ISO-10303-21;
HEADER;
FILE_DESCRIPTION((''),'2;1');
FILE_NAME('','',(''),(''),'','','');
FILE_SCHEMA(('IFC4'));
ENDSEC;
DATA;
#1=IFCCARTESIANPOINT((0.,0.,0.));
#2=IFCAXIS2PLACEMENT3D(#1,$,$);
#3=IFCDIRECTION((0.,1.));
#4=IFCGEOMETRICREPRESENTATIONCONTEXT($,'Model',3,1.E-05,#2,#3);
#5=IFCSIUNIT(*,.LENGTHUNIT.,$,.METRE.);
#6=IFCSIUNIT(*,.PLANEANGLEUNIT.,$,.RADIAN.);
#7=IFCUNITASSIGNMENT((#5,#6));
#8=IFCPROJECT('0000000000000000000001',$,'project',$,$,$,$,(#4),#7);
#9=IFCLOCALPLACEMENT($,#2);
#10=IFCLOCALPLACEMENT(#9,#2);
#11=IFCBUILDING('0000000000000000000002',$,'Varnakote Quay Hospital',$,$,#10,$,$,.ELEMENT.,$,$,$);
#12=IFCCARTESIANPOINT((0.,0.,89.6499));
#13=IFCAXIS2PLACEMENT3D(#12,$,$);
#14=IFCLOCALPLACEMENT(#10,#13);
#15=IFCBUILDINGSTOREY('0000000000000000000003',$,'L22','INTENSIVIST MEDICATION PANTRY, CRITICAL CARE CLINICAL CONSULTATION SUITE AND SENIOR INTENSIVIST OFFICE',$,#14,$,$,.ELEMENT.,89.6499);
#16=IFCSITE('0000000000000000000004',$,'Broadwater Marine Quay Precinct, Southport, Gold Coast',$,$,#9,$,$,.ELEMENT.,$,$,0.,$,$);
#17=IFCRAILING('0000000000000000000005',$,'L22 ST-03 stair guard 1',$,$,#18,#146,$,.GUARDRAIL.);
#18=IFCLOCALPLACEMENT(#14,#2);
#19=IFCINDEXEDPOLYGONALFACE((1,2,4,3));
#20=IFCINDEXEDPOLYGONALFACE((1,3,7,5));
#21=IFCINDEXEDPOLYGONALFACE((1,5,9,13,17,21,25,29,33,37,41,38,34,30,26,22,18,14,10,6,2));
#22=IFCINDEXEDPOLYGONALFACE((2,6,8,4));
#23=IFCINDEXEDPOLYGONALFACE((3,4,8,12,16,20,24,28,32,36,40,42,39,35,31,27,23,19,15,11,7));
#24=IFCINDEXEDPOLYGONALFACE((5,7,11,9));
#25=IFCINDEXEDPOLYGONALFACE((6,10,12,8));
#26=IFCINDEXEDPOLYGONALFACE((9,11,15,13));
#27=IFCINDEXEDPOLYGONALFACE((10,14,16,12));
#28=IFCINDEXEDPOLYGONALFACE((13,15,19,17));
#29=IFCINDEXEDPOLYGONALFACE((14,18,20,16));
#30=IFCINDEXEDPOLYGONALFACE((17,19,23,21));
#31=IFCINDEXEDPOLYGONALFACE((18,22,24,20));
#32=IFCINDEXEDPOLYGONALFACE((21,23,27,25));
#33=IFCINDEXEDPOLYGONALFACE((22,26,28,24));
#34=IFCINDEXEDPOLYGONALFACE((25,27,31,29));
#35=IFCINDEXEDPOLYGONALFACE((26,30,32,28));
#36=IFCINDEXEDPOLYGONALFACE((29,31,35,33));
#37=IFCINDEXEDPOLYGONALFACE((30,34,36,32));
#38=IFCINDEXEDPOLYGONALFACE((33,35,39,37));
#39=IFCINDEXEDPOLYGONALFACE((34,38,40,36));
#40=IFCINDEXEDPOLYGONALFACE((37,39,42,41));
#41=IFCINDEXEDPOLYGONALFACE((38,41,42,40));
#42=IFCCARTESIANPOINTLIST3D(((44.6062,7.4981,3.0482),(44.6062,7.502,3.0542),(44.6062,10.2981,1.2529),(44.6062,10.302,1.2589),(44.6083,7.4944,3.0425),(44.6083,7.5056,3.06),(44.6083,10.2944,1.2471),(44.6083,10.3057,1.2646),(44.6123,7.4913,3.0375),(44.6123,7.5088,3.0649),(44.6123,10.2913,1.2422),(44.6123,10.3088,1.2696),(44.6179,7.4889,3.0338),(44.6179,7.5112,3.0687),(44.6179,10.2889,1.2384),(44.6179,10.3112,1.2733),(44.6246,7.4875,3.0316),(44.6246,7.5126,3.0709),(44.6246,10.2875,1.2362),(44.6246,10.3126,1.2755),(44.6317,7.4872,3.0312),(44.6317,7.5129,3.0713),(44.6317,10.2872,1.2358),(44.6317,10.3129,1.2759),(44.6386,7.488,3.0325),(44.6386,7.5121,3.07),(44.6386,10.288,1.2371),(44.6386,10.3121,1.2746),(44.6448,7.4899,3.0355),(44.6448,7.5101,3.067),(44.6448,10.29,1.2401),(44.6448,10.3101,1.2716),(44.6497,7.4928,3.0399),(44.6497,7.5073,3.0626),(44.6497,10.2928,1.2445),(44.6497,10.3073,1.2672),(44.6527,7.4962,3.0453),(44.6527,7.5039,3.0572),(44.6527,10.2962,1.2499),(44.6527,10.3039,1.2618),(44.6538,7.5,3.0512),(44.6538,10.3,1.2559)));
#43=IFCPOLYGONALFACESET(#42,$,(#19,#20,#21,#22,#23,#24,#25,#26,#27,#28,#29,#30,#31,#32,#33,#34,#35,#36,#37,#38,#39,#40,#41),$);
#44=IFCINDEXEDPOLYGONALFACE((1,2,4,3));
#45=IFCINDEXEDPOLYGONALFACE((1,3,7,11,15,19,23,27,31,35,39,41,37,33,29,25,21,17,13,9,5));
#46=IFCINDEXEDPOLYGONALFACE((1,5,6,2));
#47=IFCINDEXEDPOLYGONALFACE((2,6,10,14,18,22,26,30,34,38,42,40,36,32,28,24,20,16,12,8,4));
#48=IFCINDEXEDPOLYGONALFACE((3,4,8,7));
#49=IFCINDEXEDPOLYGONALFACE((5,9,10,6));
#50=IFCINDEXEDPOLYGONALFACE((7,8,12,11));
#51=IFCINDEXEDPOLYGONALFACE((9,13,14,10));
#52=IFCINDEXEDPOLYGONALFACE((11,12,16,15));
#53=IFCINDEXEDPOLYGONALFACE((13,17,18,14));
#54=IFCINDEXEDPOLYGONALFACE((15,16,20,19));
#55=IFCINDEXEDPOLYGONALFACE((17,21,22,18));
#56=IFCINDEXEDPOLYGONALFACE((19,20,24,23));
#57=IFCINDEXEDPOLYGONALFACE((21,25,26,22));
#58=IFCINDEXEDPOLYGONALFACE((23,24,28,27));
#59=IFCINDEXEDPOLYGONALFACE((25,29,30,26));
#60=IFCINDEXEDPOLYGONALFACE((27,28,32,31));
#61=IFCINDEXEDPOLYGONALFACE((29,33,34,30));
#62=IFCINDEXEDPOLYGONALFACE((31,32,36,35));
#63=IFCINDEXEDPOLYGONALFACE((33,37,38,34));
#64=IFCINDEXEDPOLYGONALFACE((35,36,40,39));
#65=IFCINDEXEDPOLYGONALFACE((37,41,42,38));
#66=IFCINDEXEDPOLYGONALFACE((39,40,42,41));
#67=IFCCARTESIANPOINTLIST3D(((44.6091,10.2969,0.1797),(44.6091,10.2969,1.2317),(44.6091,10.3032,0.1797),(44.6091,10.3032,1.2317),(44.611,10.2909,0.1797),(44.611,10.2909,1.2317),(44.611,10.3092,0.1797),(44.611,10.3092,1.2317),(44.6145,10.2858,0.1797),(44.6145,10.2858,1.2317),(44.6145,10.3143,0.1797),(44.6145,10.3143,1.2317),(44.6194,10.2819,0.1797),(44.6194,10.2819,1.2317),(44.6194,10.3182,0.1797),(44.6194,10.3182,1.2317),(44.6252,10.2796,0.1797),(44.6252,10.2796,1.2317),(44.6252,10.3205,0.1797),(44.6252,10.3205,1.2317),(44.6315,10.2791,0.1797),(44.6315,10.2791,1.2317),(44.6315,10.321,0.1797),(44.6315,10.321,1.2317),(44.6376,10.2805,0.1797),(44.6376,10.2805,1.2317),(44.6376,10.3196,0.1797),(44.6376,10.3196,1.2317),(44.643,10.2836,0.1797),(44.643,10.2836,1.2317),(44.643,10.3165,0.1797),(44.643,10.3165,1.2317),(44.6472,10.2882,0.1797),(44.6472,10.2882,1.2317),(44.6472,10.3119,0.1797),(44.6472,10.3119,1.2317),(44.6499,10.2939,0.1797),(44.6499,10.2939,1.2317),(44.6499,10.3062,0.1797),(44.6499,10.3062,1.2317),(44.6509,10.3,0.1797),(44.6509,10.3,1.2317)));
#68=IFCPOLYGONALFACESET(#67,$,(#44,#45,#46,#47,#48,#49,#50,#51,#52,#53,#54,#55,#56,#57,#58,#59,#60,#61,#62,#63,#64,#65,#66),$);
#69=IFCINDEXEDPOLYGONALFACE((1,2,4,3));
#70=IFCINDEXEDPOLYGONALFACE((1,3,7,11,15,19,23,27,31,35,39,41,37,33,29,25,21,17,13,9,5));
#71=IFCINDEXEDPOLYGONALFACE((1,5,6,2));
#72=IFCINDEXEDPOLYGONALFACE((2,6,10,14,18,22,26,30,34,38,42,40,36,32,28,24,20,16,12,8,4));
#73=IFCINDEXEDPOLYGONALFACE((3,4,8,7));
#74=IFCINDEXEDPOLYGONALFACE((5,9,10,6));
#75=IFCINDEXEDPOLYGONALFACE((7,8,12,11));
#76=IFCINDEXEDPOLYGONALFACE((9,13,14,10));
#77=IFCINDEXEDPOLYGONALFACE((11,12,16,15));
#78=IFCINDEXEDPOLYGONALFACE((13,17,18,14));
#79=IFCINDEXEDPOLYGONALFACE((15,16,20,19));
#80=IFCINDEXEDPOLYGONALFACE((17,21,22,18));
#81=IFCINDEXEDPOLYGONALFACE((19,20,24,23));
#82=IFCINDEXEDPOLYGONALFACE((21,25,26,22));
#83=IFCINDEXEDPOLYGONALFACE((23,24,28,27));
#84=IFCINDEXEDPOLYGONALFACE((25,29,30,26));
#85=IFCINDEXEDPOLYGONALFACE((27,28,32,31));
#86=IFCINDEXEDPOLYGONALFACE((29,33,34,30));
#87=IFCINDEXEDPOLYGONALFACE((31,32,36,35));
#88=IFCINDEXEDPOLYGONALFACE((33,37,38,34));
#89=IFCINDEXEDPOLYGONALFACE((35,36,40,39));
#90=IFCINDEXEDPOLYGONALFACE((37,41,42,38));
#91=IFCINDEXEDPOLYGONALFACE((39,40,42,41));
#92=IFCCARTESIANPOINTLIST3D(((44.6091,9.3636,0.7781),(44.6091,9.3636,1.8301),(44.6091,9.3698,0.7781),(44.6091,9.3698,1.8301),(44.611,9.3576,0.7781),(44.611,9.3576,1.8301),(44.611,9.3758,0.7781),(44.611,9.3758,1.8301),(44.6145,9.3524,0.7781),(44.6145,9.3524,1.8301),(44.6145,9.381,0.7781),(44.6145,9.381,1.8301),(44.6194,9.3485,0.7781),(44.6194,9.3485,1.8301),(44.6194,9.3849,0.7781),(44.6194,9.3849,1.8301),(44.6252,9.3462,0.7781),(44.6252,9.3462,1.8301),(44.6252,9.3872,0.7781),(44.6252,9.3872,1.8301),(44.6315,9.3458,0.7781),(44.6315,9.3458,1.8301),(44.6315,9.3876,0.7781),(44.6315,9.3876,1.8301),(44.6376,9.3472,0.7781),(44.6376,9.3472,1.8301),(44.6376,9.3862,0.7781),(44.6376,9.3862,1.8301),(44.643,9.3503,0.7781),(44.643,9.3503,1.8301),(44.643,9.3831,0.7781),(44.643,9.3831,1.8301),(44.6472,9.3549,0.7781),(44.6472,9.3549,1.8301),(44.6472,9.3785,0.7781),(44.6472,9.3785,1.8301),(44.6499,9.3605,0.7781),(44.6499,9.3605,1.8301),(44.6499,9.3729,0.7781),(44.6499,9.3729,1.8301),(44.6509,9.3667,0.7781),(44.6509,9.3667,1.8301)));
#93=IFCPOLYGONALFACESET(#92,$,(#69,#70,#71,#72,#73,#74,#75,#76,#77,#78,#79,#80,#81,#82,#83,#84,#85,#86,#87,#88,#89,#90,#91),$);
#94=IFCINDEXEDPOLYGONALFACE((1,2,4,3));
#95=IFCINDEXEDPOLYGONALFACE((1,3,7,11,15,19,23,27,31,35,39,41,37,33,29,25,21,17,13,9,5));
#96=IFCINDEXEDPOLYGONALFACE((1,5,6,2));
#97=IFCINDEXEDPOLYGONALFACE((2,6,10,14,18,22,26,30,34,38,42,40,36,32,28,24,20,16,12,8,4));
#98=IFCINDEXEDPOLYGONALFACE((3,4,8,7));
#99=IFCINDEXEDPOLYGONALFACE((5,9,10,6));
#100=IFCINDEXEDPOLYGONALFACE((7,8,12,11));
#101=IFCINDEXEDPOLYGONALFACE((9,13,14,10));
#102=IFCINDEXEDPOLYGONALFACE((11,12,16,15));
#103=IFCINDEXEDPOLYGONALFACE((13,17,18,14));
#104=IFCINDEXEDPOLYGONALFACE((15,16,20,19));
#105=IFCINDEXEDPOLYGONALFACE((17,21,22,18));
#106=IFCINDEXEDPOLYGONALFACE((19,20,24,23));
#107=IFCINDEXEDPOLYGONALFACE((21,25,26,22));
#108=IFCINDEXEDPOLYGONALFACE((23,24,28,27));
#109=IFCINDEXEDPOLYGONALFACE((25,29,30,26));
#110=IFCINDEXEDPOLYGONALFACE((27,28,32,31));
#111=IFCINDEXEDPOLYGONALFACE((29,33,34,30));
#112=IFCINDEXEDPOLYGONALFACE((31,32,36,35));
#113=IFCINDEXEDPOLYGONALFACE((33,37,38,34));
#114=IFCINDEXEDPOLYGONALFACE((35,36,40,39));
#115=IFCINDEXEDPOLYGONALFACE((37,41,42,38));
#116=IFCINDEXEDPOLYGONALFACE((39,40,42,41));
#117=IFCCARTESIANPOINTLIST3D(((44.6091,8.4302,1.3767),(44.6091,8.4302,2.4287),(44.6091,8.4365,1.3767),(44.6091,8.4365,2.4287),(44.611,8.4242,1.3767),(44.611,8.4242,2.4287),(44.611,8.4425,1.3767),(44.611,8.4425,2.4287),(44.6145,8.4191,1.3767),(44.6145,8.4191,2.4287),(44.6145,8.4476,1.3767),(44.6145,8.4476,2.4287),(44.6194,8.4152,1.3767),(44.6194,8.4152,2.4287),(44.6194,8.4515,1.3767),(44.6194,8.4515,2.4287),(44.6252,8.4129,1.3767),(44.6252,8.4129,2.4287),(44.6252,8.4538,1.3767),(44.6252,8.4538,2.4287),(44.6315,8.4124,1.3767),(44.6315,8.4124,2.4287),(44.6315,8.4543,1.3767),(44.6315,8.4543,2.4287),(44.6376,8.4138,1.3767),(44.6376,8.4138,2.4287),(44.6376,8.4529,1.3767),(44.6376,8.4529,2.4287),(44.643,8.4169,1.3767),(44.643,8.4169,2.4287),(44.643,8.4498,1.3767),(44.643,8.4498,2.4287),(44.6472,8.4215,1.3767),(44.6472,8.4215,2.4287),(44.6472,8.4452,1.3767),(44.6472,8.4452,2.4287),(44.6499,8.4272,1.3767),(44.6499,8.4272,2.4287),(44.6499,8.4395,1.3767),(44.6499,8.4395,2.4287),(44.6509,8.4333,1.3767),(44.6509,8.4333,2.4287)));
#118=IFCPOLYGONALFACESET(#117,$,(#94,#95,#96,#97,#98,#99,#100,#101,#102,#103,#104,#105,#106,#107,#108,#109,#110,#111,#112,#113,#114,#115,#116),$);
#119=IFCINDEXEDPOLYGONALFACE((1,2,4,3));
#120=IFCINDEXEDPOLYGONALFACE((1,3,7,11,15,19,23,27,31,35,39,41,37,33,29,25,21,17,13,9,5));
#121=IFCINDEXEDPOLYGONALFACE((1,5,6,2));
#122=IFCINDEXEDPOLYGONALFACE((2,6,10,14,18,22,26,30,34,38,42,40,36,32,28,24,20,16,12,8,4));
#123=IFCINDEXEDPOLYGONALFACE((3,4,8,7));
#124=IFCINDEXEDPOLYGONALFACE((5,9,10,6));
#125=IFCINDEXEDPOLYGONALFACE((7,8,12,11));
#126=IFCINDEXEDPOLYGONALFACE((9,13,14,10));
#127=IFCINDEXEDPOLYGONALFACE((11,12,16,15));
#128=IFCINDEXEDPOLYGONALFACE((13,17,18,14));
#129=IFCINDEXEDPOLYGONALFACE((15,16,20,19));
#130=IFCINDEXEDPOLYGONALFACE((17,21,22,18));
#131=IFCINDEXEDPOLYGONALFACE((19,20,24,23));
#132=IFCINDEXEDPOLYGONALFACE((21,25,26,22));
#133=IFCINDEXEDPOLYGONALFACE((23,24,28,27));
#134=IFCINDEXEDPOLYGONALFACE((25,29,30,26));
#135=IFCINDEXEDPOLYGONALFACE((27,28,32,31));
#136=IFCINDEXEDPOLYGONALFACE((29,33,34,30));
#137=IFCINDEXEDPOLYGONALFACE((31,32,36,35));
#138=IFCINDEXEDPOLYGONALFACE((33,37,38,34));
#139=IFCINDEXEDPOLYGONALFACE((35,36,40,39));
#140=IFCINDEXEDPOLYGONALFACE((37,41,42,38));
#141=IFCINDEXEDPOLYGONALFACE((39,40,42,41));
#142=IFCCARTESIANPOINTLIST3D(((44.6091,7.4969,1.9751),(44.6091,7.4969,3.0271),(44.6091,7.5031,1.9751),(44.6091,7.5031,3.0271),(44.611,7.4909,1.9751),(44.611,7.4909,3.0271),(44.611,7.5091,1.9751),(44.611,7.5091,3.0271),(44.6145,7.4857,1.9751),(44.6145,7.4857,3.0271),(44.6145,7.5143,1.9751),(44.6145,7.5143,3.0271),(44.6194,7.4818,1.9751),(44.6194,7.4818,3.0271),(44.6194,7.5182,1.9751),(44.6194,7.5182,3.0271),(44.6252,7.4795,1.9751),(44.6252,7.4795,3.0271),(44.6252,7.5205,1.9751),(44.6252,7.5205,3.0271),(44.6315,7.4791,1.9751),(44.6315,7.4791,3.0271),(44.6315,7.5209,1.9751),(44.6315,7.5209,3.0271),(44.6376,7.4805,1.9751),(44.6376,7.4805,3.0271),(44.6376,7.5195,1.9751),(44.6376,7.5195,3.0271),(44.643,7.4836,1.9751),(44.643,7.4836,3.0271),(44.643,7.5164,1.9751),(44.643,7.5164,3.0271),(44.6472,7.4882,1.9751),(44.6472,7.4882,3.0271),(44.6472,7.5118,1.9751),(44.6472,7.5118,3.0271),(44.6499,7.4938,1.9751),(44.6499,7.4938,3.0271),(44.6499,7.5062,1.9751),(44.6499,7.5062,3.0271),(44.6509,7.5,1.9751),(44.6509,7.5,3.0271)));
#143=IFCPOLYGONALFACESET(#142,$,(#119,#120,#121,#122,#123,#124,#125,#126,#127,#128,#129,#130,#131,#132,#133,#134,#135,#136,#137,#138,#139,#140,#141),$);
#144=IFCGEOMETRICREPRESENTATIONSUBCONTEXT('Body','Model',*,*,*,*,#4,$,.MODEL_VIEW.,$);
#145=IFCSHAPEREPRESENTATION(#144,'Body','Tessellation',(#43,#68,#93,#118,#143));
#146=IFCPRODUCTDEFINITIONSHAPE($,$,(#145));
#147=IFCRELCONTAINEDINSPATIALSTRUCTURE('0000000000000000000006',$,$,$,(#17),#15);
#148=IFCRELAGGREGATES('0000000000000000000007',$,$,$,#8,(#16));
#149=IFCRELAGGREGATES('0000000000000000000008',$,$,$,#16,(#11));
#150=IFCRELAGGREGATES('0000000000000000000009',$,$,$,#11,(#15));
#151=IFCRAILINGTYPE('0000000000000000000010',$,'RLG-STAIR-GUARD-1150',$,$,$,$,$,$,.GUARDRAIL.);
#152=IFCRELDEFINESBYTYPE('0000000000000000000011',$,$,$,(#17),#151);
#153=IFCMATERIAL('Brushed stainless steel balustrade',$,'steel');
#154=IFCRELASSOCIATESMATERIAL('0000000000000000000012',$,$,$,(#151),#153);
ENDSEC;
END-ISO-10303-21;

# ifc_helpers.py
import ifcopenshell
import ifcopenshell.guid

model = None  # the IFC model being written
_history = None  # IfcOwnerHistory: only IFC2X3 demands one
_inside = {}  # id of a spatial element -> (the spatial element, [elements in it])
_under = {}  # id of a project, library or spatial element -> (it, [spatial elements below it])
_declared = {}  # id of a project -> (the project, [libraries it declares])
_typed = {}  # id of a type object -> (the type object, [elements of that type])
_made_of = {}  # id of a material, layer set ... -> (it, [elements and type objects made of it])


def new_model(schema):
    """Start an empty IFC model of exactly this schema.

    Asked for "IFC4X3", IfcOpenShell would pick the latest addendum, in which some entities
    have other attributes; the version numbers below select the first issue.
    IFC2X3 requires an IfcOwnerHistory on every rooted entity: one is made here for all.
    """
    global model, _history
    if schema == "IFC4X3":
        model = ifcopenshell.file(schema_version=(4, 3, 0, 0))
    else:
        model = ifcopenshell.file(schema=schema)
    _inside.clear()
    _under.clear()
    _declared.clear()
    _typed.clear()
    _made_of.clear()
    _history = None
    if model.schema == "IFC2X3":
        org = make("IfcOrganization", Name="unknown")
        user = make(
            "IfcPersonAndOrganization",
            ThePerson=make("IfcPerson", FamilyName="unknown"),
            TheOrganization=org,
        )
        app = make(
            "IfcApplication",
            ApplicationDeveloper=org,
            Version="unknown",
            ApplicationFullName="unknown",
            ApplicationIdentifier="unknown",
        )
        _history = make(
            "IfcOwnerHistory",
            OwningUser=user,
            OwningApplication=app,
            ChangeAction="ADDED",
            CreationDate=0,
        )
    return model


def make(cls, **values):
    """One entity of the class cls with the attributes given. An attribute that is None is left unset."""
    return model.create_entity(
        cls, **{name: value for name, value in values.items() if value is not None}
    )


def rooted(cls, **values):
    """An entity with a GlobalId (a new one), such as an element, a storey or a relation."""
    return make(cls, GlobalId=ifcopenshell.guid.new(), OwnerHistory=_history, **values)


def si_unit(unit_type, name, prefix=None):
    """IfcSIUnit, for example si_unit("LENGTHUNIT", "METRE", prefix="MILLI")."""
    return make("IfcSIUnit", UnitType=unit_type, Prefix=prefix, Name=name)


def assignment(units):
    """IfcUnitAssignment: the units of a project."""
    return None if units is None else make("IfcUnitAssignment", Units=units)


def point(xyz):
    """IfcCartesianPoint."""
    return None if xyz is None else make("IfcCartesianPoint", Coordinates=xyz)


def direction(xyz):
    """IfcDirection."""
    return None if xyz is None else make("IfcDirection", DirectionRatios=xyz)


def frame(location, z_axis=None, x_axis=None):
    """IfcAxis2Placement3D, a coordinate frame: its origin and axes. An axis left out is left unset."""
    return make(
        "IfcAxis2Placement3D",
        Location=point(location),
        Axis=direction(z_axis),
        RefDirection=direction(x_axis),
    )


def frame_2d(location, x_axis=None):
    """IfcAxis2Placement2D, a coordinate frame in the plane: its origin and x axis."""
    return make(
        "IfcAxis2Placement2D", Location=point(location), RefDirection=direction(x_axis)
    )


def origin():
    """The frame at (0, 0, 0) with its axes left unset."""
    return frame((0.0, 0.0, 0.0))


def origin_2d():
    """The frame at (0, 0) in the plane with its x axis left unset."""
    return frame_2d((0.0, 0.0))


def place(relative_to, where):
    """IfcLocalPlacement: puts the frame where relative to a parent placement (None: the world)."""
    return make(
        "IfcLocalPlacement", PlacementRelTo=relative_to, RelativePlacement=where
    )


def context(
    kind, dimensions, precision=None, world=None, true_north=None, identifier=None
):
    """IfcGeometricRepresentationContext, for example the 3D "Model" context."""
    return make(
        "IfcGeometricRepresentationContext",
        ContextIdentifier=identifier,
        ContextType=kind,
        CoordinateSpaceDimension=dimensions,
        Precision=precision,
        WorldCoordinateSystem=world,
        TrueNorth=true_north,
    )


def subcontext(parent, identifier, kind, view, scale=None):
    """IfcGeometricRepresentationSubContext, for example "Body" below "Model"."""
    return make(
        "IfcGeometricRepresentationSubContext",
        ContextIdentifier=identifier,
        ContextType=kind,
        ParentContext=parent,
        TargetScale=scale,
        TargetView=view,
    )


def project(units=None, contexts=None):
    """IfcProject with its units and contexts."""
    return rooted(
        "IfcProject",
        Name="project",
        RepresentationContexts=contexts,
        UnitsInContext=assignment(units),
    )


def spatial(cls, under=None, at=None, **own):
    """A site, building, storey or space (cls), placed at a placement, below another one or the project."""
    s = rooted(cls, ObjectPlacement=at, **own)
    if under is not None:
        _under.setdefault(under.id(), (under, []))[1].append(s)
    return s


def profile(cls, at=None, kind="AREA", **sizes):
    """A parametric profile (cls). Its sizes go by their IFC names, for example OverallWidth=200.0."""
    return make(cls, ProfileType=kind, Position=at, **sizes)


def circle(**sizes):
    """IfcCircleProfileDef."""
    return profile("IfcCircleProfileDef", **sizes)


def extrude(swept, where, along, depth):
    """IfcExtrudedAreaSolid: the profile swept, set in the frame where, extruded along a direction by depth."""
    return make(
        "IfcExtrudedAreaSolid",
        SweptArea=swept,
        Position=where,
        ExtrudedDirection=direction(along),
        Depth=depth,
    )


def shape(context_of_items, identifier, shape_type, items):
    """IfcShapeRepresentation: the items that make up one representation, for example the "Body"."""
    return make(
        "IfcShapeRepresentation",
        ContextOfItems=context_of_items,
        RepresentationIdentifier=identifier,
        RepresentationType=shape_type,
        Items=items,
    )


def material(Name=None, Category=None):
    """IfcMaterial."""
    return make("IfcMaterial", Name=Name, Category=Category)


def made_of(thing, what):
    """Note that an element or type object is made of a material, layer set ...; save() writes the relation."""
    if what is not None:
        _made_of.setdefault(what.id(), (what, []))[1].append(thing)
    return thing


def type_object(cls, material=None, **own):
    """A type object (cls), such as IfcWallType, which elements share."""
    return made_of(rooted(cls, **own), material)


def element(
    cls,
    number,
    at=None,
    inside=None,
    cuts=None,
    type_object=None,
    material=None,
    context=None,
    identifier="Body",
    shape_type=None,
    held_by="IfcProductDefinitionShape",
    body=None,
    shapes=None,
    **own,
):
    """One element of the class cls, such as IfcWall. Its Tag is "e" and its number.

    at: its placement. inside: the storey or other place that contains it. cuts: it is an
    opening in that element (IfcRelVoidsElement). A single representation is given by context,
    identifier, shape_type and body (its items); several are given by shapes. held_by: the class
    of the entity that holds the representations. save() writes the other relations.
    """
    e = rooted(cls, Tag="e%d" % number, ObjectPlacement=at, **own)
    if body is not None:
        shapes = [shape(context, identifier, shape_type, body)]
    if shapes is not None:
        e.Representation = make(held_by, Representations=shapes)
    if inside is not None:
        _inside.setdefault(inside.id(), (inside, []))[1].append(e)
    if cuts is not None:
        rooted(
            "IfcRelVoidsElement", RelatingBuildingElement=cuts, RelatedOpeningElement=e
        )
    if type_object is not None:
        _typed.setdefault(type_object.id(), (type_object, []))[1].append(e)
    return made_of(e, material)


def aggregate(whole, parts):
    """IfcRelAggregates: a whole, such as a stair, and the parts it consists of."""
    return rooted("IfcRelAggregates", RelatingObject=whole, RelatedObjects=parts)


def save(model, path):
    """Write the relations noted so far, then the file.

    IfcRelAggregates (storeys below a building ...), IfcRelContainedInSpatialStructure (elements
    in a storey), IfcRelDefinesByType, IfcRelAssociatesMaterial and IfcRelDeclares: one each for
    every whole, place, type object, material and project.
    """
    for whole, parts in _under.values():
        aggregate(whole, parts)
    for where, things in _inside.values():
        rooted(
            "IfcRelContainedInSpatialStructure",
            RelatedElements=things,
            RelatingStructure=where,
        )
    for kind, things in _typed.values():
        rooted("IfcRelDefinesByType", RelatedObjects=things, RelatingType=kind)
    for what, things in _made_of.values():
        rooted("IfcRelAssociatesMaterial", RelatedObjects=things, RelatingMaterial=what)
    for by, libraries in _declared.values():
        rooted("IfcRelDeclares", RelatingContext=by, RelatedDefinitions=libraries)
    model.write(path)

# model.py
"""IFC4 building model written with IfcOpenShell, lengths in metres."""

from ifc_helpers import new_model, si_unit, direction, frame, origin, origin_2d, place, context, subcontext, project, spatial, circle, extrude, material, type_object, element, save


model = new_model("IFC4")

# Units and contexts
model_context = context("Model", 3, precision=1e-05, world=origin(), true_north=direction((0.0, 1.0)))
body_context = subcontext(model_context, "Body", "Model", "MODEL_VIEW")
ifc_project = project(units=[si_unit("LENGTHUNIT", "METRE"), si_unit("PLANEANGLEUNIT", "RADIAN")], contexts=[model_context])

# Site, building, storey
site_placement = place(None, origin())
site = spatial("IfcSite", under=ifc_project, at=site_placement, Name="Broadwater Marine Quay Precinct, Southport, Gold Coast", CompositionType="ELEMENT", RefElevation=0.0)
building_placement = place(site_placement, origin())
building = spatial("IfcBuilding", under=site, at=building_placement, Name="Varnakote Quay Hospital", CompositionType="ELEMENT")
storey_placement = place(building_placement, frame((0.0, 0.0, 89.6499)))
storey = spatial("IfcBuildingStorey", under=building, at=storey_placement, Name="L22", Description="INTENSIVIST MEDICATION PANTRY, CRITICAL CARE CLINICAL CONSULTATION SUITE AND SENIOR INTENSIVIST OFFICE", CompositionType="ELEMENT", Elevation=89.6499)

# Railing
ifc_material_1 = material(Name="Brushed stainless steel balustrade", Category="steel")
railing_type_1 = type_object("IfcRailingType", Name="RLG-STAIR-GUARD-1150", PredefinedType="GUARDRAIL", material=ifc_material_1)
railing_1_placement = place(storey_placement, frame((44.6299, 10.3, 0.1797)))
element("IfcRailing", 1, at=railing_1_placement, inside=storey, type_object=railing_type_1, Name="L22 ST-03 stair guard 1", PredefinedType="GUARDRAIL", context=body_context, shape_type="SweptSolid", body=[
    extrude(circle(Radius=0.0239, at=origin_2d()), frame((0.0, 0.0, 1.0762), z_axis=(0.0, -0.84181, 0.539774), x_axis=(1.0, 0.0, 0.0)), (0.0, 0.0, 1.0), 3.3262),
    extrude(circle(Radius=0.021, at=origin_2d()), origin(), (0.0, 0.0, 1.0), 1.052),
    extrude(circle(Radius=0.021, at=origin_2d()), frame((0.0, -0.9333, 0.5984)), (0.0, 0.0, 1.0), 1.052),
    extrude(circle(Radius=0.021, at=origin_2d()), frame((0.0, -1.8667, 1.197)), (0.0, 0.0, 1.0), 1.052),
    extrude(circle(Radius=0.021, at=origin_2d()), frame((0.0, -2.8, 1.7954)), (0.0, 0.0, 1.0), 1.052),
])

save(model, "model.ifc")
